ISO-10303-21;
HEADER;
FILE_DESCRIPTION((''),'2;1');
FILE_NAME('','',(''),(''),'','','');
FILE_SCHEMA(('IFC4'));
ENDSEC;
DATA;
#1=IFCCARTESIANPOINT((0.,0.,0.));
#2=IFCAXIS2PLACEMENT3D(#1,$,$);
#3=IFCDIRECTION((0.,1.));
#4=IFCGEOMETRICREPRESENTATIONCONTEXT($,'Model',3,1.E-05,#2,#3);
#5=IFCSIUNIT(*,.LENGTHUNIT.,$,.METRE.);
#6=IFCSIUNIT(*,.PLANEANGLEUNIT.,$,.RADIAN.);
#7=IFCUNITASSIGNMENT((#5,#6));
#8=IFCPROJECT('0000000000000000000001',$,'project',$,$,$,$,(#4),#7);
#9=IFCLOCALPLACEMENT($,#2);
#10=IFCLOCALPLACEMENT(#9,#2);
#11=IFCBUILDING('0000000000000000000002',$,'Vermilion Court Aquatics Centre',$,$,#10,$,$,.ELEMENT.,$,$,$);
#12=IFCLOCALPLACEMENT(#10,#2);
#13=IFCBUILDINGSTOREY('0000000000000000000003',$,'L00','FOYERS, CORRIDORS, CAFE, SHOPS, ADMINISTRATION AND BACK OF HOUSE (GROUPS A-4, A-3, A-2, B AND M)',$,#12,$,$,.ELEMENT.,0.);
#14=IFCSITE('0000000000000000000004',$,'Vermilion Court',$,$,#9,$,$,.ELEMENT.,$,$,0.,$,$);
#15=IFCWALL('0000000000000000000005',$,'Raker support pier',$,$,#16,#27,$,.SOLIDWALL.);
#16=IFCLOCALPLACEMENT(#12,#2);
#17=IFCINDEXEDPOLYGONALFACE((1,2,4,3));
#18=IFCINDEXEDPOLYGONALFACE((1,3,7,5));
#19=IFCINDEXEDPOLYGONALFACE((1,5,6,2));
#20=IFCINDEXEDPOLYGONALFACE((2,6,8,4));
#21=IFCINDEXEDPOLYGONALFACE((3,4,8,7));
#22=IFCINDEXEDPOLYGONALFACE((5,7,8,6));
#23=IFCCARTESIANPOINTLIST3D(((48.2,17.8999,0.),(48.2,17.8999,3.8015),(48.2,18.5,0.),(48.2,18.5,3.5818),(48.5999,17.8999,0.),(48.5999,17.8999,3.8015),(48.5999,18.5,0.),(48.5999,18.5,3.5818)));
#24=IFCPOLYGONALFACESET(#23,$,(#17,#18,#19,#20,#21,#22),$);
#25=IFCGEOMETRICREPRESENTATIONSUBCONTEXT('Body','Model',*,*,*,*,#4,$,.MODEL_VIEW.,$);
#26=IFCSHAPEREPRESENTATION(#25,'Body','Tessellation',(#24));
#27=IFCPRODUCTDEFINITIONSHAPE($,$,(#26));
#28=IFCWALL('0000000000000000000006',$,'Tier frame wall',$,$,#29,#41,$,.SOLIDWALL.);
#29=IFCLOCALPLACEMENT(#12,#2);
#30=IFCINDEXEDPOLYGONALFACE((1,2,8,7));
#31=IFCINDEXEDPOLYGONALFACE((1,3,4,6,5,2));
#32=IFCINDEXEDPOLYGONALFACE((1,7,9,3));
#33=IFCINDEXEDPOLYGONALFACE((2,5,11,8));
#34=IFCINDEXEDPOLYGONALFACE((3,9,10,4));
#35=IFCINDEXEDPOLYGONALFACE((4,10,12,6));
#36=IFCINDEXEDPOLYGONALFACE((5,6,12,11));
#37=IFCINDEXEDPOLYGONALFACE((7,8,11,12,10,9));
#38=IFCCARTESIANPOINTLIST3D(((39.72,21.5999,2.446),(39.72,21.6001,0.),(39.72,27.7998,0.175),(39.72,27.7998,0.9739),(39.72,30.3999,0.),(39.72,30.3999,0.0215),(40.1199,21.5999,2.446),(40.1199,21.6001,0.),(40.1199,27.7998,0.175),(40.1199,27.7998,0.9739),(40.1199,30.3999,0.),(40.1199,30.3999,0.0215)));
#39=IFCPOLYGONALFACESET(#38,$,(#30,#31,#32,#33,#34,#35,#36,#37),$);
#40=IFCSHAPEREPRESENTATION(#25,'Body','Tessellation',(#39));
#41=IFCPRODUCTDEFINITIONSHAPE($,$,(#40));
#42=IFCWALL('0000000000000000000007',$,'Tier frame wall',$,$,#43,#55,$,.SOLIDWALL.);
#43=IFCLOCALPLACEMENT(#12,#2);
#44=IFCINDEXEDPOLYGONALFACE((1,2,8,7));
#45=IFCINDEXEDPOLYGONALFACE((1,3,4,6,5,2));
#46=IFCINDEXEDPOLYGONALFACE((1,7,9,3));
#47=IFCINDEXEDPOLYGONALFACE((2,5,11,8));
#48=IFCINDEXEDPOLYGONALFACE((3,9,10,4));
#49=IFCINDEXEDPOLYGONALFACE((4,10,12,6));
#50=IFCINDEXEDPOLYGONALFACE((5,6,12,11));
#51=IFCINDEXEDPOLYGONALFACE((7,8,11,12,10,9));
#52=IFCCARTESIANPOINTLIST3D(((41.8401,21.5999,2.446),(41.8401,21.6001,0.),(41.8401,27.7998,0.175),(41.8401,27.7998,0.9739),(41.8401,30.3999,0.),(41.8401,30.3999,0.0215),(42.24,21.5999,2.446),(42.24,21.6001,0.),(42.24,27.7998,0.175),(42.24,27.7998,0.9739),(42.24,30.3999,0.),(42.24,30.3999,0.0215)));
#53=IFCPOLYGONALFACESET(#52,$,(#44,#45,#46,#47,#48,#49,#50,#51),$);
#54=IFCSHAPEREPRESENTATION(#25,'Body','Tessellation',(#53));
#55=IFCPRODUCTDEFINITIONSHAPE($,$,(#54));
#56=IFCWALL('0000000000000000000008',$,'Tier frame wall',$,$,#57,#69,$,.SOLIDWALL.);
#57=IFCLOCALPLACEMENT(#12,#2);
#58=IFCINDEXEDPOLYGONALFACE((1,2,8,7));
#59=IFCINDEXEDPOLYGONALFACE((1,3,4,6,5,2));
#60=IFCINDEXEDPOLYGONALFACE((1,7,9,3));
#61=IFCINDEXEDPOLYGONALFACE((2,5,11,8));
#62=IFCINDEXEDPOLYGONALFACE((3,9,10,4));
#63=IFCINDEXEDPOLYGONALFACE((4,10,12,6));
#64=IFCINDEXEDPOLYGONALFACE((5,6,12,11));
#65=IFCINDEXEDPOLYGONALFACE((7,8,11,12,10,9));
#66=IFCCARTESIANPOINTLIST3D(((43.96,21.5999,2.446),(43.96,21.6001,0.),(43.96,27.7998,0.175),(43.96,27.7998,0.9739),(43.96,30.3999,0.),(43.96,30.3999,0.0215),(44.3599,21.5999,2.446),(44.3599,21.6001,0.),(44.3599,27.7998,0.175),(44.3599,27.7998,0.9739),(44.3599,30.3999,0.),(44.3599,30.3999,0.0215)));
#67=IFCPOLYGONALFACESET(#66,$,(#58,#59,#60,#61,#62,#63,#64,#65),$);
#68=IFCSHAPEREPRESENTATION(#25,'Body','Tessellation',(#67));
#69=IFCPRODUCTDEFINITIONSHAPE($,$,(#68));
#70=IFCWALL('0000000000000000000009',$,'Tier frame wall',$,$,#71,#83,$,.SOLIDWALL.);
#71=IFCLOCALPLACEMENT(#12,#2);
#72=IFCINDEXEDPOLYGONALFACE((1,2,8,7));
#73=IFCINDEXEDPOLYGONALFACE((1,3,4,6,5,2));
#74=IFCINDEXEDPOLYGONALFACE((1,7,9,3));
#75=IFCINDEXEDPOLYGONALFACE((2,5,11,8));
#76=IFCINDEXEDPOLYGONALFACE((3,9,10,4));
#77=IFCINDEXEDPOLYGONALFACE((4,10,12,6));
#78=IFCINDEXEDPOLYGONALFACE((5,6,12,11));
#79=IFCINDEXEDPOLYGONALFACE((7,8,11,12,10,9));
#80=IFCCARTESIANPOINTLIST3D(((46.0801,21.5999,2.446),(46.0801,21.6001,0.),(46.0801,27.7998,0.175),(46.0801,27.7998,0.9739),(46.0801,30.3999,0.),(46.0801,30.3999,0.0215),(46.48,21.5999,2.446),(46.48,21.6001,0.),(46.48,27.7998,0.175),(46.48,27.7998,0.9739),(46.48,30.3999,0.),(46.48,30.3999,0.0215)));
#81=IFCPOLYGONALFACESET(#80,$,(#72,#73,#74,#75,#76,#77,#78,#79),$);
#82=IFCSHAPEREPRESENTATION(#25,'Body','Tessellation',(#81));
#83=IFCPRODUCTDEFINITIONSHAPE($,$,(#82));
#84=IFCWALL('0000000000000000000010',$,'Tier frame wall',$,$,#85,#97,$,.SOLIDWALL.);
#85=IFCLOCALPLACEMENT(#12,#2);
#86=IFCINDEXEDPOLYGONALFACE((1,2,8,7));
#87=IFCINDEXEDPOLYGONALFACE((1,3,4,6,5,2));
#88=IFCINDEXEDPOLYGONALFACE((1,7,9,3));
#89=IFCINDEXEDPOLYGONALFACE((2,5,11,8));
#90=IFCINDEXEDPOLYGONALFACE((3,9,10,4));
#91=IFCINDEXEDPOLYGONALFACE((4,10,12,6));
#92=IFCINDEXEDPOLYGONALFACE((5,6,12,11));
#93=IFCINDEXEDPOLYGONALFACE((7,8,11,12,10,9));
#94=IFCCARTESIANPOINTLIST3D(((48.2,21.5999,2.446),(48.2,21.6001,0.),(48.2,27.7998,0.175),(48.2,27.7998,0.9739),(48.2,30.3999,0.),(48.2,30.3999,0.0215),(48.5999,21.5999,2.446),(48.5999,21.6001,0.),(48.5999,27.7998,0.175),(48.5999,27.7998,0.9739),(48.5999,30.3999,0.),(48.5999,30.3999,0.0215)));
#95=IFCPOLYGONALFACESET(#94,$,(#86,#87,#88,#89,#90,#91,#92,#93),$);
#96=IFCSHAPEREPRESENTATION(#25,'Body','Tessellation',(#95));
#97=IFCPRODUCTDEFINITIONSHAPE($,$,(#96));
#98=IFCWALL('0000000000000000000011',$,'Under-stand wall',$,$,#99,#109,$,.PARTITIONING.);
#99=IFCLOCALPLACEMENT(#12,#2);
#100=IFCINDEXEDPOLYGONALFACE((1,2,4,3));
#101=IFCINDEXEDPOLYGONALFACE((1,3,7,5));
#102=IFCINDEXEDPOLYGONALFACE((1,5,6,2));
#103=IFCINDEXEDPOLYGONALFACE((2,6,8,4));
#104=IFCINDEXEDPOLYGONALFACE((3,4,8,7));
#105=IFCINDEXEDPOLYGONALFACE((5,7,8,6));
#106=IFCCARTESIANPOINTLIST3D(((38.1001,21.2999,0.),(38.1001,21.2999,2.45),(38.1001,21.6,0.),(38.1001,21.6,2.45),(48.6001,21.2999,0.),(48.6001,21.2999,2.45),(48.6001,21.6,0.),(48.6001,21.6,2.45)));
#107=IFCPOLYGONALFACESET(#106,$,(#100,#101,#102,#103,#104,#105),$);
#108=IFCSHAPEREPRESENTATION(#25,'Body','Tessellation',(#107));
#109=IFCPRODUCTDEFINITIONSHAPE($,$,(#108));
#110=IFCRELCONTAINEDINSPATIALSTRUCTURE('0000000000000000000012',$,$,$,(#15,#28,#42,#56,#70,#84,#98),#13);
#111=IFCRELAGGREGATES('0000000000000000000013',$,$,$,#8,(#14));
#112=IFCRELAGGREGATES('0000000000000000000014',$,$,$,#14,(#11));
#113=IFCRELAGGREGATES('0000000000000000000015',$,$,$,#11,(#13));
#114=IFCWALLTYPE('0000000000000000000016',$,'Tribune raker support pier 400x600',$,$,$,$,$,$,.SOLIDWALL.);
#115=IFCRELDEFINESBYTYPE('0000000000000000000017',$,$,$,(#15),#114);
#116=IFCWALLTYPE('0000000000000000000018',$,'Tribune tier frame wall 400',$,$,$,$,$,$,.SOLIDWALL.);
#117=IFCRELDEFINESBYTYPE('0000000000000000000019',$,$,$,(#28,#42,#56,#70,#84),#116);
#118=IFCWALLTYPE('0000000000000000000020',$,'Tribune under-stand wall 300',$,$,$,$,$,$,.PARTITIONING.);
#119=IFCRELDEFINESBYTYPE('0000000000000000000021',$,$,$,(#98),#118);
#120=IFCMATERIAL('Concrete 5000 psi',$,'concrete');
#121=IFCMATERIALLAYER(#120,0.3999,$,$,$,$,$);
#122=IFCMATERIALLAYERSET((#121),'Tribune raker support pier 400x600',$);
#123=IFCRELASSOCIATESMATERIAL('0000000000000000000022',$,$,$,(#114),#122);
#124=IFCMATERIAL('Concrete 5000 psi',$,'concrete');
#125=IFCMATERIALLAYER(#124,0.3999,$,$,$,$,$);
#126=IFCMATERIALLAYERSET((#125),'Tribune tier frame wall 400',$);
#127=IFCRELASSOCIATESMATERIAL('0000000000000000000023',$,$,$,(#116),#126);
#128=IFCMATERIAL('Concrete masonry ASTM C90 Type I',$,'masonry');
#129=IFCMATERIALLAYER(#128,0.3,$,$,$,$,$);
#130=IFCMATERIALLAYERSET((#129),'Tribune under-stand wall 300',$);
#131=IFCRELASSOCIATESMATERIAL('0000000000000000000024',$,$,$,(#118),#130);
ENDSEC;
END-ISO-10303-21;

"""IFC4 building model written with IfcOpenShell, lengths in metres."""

from ifc_helpers import new_model, si_unit, direction, frame, frame_2d, origin, place, context, subcontext, project, spatial, polyline, rectangle, outline, extrude, material, layer, layer_set, type_object, element, save


model = new_model("IFC4")

# Units and contexts
model_context = context("Model", 3, precision=1e-05, world=origin(), true_north=direction((0.0, 1.0)))
body_context = subcontext(model_context, "Body", "Model", "MODEL_VIEW")
ifc_project = project(units=[si_unit("LENGTHUNIT", "METRE"), si_unit("PLANEANGLEUNIT", "RADIAN")], contexts=[model_context])

# Site, building, storey
site_placement = place(None, origin())
site = spatial("IfcSite", under=ifc_project, at=site_placement, Name="Vermilion Court", CompositionType="ELEMENT", RefElevation=0.0)
building_placement = place(site_placement, origin())
building = spatial("IfcBuilding", under=site, at=building_placement, Name="Vermilion Court Aquatics Centre", CompositionType="ELEMENT")
storey_placement = place(building_placement, origin())
storey = spatial("IfcBuildingStorey", under=building, at=storey_placement, Name="L00", Description="FOYERS, CORRIDORS, CAFE, SHOPS, ADMINISTRATION AND BACK OF HOUSE (GROUPS A-4, A-3, A-2, B AND M)", CompositionType="ELEMENT", Elevation=0.0)

# Walls
ifc_material_1 = material(Name="Concrete 5000 psi", Category="concrete")
ifc_layer_1 = layer(ifc_material_1, 0.3999)
ifc_layer_set_1 = layer_set([ifc_layer_1], Name="Tribune raker support pier 400x600")
wall_type_1 = type_object("IfcWallType", Name="Tribune raker support pier 400x600", PredefinedType="SOLIDWALL", material=ifc_layer_set_1)
for number, where, z_axis, x_axis, name in (
    (1, (48.3999, 18.5, 0.0), (0.0, 0.0, 1.0), (0.0, -1.0, 0.0), "Raker support pier"),
):
    element("IfcWall", number, at=place(storey_placement, frame(where, z_axis=z_axis, x_axis=x_axis)), inside=storey, type_object=wall_type_1, Name=name, PredefinedType="SOLIDWALL", context=body_context, shape_type="SweptSolid", body=[
        extrude(outline(polyline([(0.0, 0.0), (0.6001, 0.0), (0.6001, 3.8015), (0.0, 3.5818), (0.0, 0.0)])), frame((0.0, 0.2, 0.0), z_axis=(0.0, -1.0, 0.0), x_axis=(1.0, 0.0, 0.0)), (0.0, 0.0, 1.0), 0.3999),
    ])
ifc_material_2 = material(Name="Concrete 5000 psi", Category="concrete")
ifc_layer_2 = layer(ifc_material_2, 0.3999)
ifc_layer_set_2 = layer_set([ifc_layer_2], Name="Tribune tier frame wall 400")
wall_type_2 = type_object("IfcWallType", Name="Tribune tier frame wall 400", PredefinedType="SOLIDWALL", material=ifc_layer_set_2)
for number, where, z_axis, x_axis, name in (
    (2, (39.9199, 30.3999, 0.0), (0.0, 0.0, 1.0), (0.0, -1.0, 0.0), "Tier frame wall"),
    (3, (42.04, 30.3999, 0.0), (0.0, 0.0, 1.0), (0.0, -1.0, 0.0), "Tier frame wall"),
    (4, (44.1599, 30.3999, 0.0), (0.0, 0.0, 1.0), (0.0, -1.0, 0.0), "Tier frame wall"),
    (5, (46.28, 30.3999, 0.0), (0.0, 0.0, 1.0), (0.0, -1.0, 0.0), "Tier frame wall"),
    (6, (48.3999, 30.3999, 0.0), (0.0, 0.0, 1.0), (0.0, -1.0, 0.0), "Tier frame wall"),
):
    element("IfcWall", number, at=place(storey_placement, frame(where, z_axis=z_axis, x_axis=x_axis)), inside=storey, type_object=wall_type_2, Name=name, PredefinedType="SOLIDWALL", context=body_context, shape_type="SweptSolid", body=[
        extrude(outline(polyline([(0.0, 0.0), (8.7998, 0.0), (8.8, 2.446), (2.6001, 0.175), (2.6001, 0.9739), (0.0, 0.0215), (0.0, 0.0)])), frame((0.0, 0.2, 0.0), z_axis=(0.0, -1.0, 0.0), x_axis=(1.0, 0.0, 0.0)), (0.0, 0.0, 1.0), 0.3999),
    ])
ifc_material_3 = material(Name="Concrete masonry ASTM C90 Type I", Category="masonry")
ifc_layer_3 = layer(ifc_material_3, 0.3)
ifc_layer_set_3 = layer_set([ifc_layer_3], Name="Tribune under-stand wall 300")
wall_type_3 = type_object("IfcWallType", Name="Tribune under-stand wall 300", PredefinedType="PARTITIONING", material=ifc_layer_set_3)
wall_1_placement = place(storey_placement, frame((38.1001, 21.45, 0.0), z_axis=(0.0, 0.0, 1.0), x_axis=(1.0, 0.0, 0.0)))
element("IfcWall", 7, at=wall_1_placement, inside=storey, type_object=wall_type_3, Name="Under-stand wall", PredefinedType="PARTITIONING", context=body_context, shape_type="SweptSolid", body=[
    extrude(rectangle(XDim=10.5, YDim=0.3, at=frame_2d((5.25, 0.0))), origin(), (0.0, 0.0, 1.0), 2.45),
])

save(model, "model.ifc")
